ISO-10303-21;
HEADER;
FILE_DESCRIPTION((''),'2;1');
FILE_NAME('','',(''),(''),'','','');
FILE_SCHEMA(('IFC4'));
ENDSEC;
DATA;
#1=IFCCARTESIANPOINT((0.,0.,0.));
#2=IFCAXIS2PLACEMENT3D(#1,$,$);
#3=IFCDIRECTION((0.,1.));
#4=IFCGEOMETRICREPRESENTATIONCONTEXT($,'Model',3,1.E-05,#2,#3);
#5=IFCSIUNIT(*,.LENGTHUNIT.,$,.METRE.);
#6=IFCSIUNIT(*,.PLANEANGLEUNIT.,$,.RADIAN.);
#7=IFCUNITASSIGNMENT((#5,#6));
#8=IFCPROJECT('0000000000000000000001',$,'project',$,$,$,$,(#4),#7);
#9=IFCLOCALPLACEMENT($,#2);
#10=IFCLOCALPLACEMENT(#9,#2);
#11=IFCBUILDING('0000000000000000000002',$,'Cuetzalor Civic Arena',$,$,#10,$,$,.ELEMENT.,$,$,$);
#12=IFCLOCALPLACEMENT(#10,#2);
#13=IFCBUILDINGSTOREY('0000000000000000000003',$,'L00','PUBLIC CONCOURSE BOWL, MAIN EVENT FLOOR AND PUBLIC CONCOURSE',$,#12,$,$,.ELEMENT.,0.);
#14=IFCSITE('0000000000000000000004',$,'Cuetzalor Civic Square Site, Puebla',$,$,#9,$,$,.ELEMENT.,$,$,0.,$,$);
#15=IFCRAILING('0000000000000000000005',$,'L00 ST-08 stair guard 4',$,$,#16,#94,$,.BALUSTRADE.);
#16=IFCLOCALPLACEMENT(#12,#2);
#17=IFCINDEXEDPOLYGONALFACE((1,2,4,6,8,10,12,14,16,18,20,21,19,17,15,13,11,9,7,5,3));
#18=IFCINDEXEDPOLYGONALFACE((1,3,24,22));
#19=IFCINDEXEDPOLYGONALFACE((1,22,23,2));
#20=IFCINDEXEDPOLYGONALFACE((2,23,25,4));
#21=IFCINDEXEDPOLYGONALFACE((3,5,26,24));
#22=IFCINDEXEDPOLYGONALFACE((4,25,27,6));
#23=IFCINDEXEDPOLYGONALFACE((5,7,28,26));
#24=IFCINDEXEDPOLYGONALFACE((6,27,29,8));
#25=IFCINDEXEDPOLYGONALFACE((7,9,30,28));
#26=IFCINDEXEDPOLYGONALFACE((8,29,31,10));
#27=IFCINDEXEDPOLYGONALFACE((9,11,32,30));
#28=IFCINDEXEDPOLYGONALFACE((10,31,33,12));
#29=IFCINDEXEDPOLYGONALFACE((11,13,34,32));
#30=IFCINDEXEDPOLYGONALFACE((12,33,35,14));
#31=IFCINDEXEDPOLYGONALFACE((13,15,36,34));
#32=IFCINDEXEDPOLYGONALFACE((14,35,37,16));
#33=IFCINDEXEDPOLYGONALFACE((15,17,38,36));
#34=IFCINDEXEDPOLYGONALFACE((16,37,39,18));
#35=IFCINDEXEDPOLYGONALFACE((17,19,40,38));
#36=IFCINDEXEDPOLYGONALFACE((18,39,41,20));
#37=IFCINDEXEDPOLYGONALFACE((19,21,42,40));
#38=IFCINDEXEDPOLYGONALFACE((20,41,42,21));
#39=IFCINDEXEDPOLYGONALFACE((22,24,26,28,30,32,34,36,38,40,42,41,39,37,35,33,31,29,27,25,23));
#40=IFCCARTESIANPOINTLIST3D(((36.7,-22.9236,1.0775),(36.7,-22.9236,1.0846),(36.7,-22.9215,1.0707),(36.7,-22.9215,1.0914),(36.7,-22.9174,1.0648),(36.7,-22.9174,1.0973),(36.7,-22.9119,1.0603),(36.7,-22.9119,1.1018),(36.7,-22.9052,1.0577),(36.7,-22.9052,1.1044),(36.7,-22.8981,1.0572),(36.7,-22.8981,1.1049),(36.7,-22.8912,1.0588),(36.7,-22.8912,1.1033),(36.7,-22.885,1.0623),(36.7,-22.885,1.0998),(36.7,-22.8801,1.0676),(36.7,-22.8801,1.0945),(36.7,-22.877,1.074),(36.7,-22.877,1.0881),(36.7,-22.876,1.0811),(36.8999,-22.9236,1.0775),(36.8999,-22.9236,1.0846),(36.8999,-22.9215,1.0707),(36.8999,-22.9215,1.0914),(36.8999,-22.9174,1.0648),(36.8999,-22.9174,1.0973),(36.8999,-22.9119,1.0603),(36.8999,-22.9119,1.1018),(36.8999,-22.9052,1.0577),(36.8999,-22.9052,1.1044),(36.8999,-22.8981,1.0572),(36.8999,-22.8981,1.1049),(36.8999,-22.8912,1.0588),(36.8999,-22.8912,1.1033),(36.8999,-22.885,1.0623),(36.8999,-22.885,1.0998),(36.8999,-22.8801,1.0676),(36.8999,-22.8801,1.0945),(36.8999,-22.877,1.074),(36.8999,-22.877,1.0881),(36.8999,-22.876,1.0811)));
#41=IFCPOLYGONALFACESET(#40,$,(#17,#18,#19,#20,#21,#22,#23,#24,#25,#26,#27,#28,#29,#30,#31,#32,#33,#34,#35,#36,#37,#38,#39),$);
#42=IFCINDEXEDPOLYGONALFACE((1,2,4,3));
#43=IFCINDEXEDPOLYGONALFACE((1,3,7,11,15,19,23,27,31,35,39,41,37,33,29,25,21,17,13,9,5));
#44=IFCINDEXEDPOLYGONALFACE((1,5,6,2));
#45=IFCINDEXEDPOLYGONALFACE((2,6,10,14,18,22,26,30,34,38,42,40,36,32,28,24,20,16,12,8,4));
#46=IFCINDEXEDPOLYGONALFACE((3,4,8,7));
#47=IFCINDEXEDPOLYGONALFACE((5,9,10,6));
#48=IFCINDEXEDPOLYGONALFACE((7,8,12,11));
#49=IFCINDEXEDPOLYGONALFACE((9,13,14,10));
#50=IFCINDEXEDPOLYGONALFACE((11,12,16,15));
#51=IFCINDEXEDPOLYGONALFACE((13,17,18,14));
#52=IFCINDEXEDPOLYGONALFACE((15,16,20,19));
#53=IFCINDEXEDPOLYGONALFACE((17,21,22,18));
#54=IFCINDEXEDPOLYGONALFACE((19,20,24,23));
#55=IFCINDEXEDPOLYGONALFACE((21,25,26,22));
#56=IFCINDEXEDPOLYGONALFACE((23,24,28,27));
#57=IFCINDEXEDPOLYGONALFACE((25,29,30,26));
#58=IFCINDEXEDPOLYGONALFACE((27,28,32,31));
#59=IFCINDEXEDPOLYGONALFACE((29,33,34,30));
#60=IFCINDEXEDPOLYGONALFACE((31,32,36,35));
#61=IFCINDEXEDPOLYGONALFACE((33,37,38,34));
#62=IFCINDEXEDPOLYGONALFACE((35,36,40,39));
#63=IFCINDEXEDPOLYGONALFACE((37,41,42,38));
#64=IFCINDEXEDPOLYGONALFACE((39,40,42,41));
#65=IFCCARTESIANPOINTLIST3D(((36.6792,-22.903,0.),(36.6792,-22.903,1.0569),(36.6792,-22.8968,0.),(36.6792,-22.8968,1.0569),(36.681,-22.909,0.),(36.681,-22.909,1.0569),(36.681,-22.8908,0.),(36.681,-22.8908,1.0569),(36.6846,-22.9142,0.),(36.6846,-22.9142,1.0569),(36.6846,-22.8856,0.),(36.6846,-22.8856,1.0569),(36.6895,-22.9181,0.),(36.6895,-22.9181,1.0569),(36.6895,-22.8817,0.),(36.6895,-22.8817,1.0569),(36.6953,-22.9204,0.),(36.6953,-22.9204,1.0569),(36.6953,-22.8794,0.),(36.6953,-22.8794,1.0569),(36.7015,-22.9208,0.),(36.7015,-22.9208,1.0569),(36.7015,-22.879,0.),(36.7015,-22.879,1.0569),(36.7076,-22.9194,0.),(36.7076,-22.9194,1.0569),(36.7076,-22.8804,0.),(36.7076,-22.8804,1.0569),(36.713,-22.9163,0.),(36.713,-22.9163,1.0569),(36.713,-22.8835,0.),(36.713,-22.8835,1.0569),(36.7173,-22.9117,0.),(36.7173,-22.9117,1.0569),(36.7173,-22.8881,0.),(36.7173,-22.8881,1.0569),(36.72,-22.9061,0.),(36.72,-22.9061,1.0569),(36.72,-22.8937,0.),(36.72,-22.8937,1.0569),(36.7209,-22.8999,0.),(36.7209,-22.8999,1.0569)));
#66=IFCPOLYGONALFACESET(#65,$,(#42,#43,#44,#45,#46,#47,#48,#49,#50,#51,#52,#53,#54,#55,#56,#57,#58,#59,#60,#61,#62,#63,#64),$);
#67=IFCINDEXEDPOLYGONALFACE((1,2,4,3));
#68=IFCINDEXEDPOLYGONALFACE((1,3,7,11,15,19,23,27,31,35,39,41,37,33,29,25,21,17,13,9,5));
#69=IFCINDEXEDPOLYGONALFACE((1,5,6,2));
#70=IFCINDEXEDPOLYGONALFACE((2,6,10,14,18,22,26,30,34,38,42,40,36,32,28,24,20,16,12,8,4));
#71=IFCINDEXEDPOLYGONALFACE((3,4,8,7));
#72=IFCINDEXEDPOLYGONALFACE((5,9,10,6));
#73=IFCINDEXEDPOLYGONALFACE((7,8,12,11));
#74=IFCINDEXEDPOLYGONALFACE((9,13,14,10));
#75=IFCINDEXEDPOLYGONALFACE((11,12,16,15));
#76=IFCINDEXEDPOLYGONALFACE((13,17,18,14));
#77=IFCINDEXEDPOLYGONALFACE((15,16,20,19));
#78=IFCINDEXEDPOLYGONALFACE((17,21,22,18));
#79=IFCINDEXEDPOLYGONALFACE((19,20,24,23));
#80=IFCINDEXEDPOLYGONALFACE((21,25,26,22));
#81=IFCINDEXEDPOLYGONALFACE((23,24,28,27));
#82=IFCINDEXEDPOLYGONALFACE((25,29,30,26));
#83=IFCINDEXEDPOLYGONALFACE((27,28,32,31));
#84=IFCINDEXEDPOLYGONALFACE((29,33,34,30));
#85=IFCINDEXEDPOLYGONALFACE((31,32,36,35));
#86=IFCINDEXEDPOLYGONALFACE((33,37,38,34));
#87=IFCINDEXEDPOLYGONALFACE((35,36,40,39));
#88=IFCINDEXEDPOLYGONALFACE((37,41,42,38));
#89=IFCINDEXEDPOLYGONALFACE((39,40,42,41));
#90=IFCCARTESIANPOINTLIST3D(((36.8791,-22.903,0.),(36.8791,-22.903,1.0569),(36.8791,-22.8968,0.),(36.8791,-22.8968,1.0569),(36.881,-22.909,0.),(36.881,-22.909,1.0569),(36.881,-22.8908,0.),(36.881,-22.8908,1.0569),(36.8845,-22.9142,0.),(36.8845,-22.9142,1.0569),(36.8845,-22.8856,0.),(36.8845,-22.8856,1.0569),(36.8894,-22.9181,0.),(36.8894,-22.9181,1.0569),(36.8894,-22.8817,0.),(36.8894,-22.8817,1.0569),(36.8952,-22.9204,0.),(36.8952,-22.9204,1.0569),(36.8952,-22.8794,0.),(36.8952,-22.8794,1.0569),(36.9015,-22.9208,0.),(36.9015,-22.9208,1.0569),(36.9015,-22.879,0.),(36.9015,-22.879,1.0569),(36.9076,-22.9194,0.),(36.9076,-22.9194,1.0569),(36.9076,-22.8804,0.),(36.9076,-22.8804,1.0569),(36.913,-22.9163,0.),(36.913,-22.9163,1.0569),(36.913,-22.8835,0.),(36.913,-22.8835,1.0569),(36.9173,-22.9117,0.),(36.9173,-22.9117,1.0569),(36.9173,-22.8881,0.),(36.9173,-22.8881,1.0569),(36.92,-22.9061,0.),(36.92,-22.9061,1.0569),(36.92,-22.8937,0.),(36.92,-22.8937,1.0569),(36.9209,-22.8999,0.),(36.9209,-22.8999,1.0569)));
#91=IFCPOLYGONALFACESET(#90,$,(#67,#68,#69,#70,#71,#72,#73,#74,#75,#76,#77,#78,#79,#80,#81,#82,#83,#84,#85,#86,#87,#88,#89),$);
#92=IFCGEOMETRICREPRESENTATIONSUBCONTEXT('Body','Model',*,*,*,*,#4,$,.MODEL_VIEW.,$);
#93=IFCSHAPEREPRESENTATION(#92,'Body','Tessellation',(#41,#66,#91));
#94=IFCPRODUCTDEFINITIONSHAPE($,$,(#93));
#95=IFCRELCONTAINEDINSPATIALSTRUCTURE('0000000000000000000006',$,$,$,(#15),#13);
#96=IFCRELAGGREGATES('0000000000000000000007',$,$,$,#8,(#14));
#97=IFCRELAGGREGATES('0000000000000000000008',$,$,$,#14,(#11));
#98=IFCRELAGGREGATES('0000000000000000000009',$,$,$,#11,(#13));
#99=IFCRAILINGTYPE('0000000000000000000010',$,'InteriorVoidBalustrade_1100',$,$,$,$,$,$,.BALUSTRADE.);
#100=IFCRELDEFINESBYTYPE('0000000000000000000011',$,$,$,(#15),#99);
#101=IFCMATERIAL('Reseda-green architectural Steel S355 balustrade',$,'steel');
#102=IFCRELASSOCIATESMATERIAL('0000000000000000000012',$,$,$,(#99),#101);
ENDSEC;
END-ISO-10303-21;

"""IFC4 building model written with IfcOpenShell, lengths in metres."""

from ifc_helpers import new_model, si_unit, direction, frame, origin, origin_2d, place, context, subcontext, project, spatial, circle, extrude, material, type_object, element, save


model = new_model("IFC4")

# Units and contexts
model_context = context("Model", 3, precision=1e-05, world=origin(), true_north=direction((0.0, 1.0)))
body_context = subcontext(model_context, "Body", "Model", "MODEL_VIEW")
ifc_project = project(units=[si_unit("LENGTHUNIT", "METRE"), si_unit("PLANEANGLEUNIT", "RADIAN")], contexts=[model_context])

# Site, building, storey
site_placement = place(None, origin())
site = spatial("IfcSite", under=ifc_project, at=site_placement, Name="Cuetzalor Civic Square Site, Puebla", CompositionType="ELEMENT", RefElevation=0.0)
building_placement = place(site_placement, origin())
building = spatial("IfcBuilding", under=site, at=building_placement, Name="Cuetzalor Civic Arena", CompositionType="ELEMENT")
storey_placement = place(building_placement, origin())
storey = spatial("IfcBuildingStorey", under=building, at=storey_placement, Name="L00", Description="PUBLIC CONCOURSE BOWL, MAIN EVENT FLOOR AND PUBLIC CONCOURSE", CompositionType="ELEMENT", Elevation=0.0)

# Railing
ifc_material_1 = material(Name="Reseda-green architectural Steel S355 balustrade", Category="steel")
railing_type_1 = type_object("IfcRailingType", Name="InteriorVoidBalustrade_1100", PredefinedType="BALUSTRADE", material=ifc_material_1)
railing_1_placement = place(storey_placement, frame((36.7, -22.8999, 0.0)))
element("IfcRailing", 1, at=railing_1_placement, inside=storey, type_object=railing_type_1, Name="L00 ST-08 stair guard 4", PredefinedType="BALUSTRADE", context=body_context, shape_type="SweptSolid", body=[
    extrude(circle(Radius=0.0239, at=origin_2d()), frame((0.0, 0.0, 1.0811), z_axis=(1.0, 0.0, 0.0), x_axis=(0.0, 1.0, 0.0)), (0.0, 0.0, 1.0), 0.2),
    extrude(circle(Radius=0.021, at=origin_2d()), origin(), (0.0, 0.0, 1.0), 1.0569),
    extrude(circle(Radius=0.021, at=origin_2d()), frame((0.2, 0.0, 0.0)), (0.0, 0.0, 1.0), 1.0569),
])

save(model, "model.ifc")
